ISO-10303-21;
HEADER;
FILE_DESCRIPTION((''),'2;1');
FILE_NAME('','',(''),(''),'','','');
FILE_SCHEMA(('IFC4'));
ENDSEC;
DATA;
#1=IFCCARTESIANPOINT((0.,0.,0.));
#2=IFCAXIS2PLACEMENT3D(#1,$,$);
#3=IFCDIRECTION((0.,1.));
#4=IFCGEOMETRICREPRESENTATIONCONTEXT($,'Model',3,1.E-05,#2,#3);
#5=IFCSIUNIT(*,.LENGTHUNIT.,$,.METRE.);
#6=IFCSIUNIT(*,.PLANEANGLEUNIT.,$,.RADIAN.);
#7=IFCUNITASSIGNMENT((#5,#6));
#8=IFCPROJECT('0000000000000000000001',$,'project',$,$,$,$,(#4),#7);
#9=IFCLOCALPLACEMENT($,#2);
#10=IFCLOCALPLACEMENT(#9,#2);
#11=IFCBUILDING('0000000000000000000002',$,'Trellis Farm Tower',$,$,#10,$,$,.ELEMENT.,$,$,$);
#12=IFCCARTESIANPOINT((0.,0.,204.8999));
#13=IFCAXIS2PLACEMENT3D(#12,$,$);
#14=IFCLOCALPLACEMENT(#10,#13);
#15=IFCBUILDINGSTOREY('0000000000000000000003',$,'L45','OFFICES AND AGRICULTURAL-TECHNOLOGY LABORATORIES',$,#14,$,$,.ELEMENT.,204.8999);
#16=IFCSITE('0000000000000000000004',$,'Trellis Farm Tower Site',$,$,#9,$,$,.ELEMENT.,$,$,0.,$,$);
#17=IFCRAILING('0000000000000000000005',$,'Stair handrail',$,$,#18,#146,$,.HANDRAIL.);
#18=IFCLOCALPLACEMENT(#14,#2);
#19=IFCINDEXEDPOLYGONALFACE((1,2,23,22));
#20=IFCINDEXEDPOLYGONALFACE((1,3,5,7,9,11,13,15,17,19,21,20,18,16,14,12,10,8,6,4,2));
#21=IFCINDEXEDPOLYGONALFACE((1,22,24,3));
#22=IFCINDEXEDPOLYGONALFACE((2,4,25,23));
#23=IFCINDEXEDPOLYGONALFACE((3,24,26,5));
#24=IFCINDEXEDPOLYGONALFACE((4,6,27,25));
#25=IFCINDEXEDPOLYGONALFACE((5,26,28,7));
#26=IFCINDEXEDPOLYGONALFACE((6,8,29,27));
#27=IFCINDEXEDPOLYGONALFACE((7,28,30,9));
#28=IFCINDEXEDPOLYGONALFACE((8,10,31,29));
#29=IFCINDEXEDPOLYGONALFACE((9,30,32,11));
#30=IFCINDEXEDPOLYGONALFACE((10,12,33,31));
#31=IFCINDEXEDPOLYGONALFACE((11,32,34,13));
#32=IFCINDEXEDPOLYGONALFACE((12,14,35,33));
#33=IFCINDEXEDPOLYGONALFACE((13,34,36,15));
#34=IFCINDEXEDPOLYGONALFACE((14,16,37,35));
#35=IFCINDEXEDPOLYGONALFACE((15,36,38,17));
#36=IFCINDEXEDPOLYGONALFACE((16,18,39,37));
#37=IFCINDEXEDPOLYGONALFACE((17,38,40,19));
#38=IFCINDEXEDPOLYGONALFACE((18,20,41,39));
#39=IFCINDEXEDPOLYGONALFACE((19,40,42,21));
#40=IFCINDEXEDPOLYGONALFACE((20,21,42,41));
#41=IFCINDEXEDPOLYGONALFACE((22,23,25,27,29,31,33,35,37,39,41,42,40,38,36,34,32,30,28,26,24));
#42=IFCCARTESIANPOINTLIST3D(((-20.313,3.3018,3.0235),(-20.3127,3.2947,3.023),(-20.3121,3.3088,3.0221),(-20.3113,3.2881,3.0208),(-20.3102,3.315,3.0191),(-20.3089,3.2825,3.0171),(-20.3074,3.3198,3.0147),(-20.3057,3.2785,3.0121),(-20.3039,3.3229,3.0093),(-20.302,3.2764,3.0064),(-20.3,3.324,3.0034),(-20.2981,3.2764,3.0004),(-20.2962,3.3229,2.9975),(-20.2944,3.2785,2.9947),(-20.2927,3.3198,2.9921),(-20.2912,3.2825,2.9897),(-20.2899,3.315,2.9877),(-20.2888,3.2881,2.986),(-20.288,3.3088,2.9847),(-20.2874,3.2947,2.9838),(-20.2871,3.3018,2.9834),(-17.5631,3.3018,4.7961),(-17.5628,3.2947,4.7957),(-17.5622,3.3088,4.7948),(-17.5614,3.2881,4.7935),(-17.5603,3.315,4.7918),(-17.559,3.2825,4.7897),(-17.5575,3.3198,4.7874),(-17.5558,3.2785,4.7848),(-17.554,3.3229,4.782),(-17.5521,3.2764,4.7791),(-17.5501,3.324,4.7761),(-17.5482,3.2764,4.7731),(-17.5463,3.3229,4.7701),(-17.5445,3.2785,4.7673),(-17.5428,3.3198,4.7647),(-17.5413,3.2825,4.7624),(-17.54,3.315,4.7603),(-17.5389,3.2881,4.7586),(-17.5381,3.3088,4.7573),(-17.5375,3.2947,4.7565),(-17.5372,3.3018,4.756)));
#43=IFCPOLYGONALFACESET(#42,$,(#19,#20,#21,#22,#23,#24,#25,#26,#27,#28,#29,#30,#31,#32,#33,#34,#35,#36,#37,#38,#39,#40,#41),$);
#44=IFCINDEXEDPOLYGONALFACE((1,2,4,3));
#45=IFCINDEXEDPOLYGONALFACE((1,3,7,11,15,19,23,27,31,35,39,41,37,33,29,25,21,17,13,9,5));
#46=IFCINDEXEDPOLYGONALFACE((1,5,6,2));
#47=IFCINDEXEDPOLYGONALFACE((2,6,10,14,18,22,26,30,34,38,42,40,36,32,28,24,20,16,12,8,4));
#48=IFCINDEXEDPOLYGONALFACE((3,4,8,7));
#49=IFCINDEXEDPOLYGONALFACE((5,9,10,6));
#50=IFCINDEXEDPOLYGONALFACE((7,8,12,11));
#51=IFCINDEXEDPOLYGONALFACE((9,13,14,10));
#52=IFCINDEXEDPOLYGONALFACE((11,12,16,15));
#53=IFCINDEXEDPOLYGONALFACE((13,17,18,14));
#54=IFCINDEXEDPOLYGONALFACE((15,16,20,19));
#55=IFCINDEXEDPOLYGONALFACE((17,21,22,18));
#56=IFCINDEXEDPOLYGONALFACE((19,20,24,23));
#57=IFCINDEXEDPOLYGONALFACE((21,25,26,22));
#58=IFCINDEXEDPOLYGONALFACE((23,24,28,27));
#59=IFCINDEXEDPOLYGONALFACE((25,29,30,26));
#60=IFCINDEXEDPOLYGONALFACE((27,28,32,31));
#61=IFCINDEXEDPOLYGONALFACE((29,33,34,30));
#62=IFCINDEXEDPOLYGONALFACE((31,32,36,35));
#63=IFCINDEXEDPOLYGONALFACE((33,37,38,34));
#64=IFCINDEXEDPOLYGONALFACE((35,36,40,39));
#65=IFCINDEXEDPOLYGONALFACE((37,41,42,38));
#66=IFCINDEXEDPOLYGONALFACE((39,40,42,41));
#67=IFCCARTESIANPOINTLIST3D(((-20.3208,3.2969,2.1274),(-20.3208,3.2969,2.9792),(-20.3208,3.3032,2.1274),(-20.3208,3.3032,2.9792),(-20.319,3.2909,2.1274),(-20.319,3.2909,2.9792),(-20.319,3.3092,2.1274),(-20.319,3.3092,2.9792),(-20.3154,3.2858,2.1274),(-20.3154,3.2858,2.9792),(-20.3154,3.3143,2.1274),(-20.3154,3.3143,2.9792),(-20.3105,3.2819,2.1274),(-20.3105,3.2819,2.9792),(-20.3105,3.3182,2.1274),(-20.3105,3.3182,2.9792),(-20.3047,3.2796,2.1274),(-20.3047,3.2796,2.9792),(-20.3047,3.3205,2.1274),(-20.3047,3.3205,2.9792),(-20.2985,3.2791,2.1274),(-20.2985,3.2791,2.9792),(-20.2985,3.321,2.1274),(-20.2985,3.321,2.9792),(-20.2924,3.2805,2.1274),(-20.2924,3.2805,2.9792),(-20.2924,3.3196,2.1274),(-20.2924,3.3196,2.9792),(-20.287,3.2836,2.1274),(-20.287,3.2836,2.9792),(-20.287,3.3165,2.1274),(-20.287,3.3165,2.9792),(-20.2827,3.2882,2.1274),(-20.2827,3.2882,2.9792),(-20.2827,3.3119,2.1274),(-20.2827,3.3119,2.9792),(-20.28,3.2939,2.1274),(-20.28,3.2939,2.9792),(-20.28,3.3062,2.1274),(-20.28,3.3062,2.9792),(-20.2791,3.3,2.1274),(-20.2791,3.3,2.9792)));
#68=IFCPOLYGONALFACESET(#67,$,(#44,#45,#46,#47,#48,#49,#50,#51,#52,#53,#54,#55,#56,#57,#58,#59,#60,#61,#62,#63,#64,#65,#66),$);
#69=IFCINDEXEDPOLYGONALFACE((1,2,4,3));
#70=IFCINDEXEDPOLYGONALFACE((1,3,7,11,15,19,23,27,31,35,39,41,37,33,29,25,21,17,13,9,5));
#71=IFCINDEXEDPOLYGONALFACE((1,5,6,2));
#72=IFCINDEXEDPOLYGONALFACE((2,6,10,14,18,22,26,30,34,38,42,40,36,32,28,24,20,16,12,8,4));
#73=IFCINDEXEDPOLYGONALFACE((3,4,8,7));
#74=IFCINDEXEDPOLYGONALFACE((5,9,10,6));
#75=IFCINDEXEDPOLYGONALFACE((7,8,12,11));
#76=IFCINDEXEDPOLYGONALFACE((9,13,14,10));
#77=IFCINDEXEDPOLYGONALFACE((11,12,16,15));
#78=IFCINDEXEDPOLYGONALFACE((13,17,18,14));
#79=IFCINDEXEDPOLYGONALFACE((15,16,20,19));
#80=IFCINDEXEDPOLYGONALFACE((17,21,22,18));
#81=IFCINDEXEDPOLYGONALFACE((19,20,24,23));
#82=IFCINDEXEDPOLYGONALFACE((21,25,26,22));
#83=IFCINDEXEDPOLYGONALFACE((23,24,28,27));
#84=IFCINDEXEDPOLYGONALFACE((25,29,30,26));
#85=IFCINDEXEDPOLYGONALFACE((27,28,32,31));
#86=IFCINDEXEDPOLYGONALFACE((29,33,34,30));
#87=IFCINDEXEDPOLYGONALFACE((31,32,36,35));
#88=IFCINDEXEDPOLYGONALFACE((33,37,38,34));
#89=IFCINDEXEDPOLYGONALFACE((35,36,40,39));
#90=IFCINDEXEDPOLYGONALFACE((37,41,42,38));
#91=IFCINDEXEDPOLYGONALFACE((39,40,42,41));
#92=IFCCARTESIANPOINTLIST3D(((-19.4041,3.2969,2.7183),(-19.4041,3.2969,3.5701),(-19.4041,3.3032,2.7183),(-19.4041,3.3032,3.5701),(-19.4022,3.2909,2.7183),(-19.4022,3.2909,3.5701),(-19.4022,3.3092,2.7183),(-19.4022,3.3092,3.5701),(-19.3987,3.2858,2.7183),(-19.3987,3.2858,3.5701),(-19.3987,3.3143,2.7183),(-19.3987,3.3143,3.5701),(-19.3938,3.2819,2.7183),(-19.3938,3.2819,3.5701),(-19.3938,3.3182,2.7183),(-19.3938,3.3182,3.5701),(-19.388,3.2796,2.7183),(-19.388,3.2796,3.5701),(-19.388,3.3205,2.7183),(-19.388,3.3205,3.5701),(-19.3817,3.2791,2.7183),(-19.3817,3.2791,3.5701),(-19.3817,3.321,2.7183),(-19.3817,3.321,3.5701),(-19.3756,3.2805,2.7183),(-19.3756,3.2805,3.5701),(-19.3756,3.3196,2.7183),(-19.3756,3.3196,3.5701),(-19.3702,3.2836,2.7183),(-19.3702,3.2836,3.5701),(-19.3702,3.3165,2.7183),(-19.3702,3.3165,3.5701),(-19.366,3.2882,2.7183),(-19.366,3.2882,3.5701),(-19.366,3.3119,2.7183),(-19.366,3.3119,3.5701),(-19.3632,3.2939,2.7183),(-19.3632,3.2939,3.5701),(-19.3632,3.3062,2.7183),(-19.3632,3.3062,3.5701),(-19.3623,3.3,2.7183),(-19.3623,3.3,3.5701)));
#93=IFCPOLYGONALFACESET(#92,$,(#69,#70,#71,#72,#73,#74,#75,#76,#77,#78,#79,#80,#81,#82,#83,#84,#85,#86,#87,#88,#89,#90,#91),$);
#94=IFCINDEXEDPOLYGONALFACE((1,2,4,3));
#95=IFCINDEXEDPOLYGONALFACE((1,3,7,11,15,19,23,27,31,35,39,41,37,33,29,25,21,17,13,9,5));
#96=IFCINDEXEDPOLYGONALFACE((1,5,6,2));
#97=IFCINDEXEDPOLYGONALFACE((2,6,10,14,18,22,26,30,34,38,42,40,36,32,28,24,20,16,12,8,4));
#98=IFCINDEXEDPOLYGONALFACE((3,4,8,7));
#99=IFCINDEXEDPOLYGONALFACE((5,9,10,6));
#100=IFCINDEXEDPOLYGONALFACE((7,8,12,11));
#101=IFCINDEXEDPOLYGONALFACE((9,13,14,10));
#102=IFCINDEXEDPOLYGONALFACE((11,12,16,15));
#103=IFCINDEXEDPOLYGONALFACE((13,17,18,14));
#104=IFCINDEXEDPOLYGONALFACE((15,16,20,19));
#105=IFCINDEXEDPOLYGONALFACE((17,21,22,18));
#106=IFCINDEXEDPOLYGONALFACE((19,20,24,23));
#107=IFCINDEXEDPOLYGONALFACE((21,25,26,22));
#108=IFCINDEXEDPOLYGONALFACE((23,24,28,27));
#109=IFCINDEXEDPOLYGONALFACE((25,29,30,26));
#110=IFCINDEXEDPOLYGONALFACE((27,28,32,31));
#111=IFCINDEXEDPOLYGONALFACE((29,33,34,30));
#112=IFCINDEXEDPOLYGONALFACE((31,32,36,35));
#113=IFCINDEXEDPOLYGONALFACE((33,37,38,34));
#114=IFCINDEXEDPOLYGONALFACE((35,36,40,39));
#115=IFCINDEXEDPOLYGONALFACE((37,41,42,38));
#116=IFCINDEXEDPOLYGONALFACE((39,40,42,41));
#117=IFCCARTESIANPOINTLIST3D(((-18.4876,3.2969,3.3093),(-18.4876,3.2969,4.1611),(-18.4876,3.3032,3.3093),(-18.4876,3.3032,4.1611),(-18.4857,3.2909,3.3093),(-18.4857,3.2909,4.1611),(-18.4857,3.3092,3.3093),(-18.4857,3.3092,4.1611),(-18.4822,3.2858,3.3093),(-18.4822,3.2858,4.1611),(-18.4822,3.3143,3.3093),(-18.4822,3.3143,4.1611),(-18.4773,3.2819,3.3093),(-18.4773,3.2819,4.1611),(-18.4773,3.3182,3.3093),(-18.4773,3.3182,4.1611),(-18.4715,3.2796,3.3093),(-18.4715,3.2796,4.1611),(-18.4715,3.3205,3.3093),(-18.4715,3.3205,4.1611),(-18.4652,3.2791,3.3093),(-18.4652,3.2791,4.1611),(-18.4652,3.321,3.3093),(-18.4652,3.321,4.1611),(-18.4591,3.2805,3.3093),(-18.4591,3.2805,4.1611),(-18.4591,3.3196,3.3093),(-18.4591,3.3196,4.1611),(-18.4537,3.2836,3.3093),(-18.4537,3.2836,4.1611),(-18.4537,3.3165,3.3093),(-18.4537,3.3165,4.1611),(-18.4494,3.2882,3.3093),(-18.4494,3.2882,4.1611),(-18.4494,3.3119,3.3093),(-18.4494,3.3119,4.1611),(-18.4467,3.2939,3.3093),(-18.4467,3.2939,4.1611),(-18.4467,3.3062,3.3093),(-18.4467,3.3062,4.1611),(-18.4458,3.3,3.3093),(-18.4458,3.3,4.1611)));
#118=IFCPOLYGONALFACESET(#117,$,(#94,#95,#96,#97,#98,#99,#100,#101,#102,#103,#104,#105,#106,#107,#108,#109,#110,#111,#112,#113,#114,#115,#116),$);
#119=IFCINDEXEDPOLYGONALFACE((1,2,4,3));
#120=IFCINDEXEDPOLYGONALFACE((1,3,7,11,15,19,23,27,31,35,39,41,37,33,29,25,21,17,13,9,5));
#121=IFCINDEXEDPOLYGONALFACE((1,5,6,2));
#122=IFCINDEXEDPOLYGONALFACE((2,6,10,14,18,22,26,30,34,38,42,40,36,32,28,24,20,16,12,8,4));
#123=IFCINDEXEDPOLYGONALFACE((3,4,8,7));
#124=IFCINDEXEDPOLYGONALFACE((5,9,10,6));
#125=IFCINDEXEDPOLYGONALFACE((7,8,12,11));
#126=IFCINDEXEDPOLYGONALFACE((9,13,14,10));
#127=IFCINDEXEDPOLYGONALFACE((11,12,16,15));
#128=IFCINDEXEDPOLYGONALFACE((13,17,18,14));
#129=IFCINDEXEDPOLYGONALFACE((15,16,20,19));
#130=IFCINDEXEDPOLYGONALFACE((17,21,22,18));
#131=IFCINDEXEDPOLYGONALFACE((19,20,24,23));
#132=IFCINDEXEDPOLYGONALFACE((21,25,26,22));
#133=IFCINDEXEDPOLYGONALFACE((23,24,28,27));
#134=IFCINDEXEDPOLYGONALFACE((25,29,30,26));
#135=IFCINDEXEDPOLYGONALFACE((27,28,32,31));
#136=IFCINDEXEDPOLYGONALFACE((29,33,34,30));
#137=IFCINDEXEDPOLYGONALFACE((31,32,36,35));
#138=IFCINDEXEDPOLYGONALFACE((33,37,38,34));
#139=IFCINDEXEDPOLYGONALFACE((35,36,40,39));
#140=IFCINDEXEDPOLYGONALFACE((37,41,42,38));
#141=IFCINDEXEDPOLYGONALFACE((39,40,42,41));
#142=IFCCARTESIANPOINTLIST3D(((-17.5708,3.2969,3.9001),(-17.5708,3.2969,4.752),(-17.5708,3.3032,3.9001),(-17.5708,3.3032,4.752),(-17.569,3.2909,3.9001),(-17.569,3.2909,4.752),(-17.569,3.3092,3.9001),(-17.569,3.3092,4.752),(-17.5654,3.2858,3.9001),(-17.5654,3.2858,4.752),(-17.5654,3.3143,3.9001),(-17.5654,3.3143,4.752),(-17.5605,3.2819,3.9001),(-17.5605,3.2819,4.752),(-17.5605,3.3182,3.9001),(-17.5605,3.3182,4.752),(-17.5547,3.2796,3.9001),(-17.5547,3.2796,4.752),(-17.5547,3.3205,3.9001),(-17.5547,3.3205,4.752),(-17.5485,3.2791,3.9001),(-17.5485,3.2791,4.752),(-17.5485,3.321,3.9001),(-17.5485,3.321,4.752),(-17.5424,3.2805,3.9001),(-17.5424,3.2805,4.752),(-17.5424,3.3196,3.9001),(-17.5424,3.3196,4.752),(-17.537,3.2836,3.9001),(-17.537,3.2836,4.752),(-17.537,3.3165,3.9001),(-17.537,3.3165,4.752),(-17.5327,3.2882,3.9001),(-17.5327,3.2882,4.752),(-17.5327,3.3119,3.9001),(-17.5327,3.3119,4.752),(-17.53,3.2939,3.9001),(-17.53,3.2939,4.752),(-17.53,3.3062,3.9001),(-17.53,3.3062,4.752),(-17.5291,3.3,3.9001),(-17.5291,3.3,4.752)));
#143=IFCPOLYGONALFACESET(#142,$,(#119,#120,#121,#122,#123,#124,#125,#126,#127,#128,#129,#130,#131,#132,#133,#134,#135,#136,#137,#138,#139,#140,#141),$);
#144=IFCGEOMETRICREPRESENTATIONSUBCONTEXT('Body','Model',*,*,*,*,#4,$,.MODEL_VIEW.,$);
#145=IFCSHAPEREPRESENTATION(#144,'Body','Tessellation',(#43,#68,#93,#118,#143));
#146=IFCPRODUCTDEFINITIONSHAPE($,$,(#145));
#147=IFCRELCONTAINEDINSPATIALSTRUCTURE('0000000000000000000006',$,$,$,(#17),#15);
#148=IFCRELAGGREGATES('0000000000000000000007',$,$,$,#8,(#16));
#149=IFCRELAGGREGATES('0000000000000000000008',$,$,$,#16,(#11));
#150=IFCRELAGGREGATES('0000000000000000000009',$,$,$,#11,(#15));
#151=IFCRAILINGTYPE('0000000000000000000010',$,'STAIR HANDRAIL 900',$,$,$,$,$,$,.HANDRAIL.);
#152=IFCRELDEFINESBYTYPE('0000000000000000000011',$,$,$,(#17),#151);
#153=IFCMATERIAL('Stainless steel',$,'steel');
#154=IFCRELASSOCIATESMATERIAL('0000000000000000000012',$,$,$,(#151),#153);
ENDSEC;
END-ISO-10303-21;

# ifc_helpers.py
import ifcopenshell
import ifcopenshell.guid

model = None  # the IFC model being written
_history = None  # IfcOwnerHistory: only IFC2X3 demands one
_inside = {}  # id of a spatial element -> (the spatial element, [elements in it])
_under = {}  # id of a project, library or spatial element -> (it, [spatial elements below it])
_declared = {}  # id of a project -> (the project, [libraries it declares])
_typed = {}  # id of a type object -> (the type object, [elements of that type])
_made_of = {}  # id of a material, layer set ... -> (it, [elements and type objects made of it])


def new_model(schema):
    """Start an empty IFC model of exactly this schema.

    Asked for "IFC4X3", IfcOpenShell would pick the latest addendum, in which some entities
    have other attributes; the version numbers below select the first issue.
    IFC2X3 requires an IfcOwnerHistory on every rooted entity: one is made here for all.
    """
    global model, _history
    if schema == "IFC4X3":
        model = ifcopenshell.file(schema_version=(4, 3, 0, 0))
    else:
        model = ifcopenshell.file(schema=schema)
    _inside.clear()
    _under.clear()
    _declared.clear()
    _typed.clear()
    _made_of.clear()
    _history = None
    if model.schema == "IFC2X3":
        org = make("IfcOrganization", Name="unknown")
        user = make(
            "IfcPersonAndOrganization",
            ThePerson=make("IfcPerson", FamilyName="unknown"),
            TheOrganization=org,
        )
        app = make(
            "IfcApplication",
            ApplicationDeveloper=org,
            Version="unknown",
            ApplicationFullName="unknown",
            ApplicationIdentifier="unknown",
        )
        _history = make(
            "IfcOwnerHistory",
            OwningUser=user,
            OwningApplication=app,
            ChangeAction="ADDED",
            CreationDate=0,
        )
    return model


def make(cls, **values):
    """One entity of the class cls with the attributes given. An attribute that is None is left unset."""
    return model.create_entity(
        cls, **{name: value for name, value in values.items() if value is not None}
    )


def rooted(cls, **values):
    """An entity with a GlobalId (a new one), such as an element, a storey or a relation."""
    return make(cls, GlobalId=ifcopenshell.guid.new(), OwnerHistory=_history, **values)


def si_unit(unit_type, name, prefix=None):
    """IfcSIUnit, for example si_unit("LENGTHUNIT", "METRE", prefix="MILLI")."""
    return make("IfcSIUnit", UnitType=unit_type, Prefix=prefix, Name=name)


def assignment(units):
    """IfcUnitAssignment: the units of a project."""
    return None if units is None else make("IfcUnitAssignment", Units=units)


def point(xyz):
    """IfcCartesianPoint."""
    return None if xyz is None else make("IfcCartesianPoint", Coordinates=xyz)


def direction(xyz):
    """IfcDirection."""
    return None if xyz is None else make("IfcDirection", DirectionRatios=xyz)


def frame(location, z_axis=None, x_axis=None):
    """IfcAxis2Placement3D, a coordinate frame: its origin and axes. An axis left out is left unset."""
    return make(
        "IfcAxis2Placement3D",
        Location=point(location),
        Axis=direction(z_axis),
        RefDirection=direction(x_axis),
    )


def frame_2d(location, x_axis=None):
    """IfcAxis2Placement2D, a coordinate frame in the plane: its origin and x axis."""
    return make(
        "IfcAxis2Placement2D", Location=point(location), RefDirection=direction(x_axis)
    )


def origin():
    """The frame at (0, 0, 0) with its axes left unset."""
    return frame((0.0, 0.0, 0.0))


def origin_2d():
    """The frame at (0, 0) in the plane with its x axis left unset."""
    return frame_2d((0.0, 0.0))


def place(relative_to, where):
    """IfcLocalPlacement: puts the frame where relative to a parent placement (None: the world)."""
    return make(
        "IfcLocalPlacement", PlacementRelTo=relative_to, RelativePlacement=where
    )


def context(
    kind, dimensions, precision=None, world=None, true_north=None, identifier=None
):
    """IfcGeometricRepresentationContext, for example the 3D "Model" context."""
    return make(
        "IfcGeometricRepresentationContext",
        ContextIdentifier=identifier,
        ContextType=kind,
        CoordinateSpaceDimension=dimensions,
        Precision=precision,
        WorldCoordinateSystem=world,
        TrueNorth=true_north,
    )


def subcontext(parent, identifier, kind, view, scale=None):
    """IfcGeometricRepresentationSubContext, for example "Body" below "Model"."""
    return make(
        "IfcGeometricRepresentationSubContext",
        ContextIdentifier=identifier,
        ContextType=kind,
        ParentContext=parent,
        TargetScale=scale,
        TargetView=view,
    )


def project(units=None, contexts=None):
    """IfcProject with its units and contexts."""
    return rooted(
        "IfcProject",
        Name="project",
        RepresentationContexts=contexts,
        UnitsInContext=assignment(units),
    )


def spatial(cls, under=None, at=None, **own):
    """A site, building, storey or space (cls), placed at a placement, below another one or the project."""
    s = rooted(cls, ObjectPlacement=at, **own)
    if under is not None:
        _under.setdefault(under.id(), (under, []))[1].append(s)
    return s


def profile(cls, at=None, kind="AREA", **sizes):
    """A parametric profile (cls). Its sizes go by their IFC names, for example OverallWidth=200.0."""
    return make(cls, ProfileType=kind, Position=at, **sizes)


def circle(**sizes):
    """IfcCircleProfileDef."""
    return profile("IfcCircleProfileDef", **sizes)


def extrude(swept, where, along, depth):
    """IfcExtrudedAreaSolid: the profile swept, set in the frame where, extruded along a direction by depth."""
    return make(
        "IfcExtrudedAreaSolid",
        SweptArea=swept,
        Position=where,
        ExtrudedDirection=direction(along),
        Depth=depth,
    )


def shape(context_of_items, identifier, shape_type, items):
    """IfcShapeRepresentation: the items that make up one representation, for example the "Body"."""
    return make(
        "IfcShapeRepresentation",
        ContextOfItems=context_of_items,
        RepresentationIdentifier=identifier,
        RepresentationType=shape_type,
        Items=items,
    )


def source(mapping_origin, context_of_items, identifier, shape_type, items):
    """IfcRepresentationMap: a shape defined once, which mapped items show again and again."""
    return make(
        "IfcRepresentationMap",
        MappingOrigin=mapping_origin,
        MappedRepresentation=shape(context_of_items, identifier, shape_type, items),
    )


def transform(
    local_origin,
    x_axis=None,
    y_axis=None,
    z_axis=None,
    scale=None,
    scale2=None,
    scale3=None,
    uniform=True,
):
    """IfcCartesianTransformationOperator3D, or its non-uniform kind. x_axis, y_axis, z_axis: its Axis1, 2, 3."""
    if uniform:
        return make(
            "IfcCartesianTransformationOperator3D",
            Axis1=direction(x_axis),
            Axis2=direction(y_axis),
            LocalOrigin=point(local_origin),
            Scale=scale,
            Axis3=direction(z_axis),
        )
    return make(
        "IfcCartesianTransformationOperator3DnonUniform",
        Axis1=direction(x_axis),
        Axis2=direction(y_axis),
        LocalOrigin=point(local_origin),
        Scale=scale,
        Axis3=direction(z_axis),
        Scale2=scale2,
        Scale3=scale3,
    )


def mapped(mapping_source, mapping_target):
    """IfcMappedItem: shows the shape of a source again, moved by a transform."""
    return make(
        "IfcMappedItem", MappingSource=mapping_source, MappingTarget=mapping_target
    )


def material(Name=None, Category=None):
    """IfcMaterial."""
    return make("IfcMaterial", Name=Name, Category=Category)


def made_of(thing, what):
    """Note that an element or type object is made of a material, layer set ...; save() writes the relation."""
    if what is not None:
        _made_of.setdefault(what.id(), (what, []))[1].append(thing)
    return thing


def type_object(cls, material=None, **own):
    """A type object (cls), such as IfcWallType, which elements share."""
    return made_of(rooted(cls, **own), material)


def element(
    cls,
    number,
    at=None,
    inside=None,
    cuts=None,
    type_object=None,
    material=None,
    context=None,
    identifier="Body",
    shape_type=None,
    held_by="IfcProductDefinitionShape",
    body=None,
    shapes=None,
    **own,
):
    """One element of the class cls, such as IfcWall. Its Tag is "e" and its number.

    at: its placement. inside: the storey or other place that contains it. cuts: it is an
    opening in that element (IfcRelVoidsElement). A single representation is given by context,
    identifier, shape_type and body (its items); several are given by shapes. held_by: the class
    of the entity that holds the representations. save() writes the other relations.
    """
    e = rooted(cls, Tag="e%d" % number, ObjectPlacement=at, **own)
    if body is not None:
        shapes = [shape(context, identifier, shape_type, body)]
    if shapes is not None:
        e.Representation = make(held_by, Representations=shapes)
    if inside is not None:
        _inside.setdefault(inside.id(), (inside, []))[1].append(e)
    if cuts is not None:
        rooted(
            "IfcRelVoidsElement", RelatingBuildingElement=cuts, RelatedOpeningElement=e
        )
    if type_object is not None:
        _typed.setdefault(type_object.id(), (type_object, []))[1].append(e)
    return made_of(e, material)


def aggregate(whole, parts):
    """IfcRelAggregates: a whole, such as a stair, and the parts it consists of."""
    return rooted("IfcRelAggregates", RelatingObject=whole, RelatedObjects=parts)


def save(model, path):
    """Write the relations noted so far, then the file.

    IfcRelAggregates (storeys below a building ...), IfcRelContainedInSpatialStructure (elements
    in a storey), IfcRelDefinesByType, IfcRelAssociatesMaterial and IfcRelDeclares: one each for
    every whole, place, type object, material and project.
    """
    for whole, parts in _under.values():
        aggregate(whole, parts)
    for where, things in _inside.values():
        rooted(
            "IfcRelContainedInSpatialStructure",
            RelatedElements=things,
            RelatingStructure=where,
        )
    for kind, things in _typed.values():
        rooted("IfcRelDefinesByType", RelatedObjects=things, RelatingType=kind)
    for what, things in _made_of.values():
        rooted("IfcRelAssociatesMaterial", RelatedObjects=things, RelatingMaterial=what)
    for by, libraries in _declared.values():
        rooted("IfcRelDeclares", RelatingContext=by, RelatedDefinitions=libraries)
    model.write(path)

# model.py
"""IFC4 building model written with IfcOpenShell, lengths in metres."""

from ifc_helpers import new_model, si_unit, direction, frame, origin, origin_2d, place, context, subcontext, project, spatial, circle, extrude, source, transform, mapped, material, type_object, element, save


model = new_model("IFC4")

# Units and contexts
model_context = context("Model", 3, precision=1e-05, world=origin(), true_north=direction((0.0, 1.0)))
body_context = subcontext(model_context, "Body", "Model", "MODEL_VIEW")
ifc_project = project(units=[si_unit("LENGTHUNIT", "METRE"), si_unit("PLANEANGLEUNIT", "RADIAN")], contexts=[model_context])

# Site, building, storey
site_placement = place(None, origin())
site = spatial("IfcSite", under=ifc_project, at=site_placement, Name="Trellis Farm Tower Site", CompositionType="ELEMENT", RefElevation=0.0)
building_placement = place(site_placement, origin())
building = spatial("IfcBuilding", under=site, at=building_placement, Name="Trellis Farm Tower", CompositionType="ELEMENT")
storey_placement = place(building_placement, frame((0.0, 0.0, 204.8999)))
storey = spatial("IfcBuildingStorey", under=building, at=storey_placement, Name="L45", Description="OFFICES AND AGRICULTURAL-TECHNOLOGY LABORATORIES", CompositionType="ELEMENT", Elevation=204.8999)

# Railing
ifc_material_1 = material(Name="Stainless steel", Category="steel")
railing_type = type_object("IfcRailingType", Name="STAIR HANDRAIL 900", PredefinedType="HANDRAIL", material=ifc_material_1)
shared_shape_1 = source(origin(), body_context, "Body", "SweptSolid", [
    extrude(circle(Radius=0.0239, at=origin_2d()), frame((0.0, 0.0, 0.876), z_axis=(0.840504, 0.0, 0.541806), x_axis=(0.0, 1.0, 0.0)), (0.0, 0.0, 1.0), 3.2717),
    extrude(circle(Radius=0.021, at=origin_2d()), origin(), (0.0, 0.0, 1.0), 0.8518),
    extrude(circle(Radius=0.021, at=origin_2d()), frame((0.9167, 0.0, 0.5908)), (0.0, 0.0, 1.0), 0.8518),
    extrude(circle(Radius=0.021, at=origin_2d()), frame((1.8333, 0.0, 1.1819)), (0.0, 0.0, 1.0), 0.8518),
    extrude(circle(Radius=0.021, at=origin_2d()), frame((2.75, 0.0, 1.7727)), (0.0, 0.0, 1.0), 0.8518),
])
for number, where, name in (
    (1, (-20.3, 3.3, 2.1274), "Stair handrail"),
):
    element("IfcRailing", number, at=place(storey_placement, frame(where)), inside=storey, type_object=railing_type, Name=name, PredefinedType="HANDRAIL", context=body_context, shape_type="MappedRepresentation", body=[
        mapped(shared_shape_1, transform((0.0, 0.0, 0.0))),
    ])

save(model, "model.ifc")
